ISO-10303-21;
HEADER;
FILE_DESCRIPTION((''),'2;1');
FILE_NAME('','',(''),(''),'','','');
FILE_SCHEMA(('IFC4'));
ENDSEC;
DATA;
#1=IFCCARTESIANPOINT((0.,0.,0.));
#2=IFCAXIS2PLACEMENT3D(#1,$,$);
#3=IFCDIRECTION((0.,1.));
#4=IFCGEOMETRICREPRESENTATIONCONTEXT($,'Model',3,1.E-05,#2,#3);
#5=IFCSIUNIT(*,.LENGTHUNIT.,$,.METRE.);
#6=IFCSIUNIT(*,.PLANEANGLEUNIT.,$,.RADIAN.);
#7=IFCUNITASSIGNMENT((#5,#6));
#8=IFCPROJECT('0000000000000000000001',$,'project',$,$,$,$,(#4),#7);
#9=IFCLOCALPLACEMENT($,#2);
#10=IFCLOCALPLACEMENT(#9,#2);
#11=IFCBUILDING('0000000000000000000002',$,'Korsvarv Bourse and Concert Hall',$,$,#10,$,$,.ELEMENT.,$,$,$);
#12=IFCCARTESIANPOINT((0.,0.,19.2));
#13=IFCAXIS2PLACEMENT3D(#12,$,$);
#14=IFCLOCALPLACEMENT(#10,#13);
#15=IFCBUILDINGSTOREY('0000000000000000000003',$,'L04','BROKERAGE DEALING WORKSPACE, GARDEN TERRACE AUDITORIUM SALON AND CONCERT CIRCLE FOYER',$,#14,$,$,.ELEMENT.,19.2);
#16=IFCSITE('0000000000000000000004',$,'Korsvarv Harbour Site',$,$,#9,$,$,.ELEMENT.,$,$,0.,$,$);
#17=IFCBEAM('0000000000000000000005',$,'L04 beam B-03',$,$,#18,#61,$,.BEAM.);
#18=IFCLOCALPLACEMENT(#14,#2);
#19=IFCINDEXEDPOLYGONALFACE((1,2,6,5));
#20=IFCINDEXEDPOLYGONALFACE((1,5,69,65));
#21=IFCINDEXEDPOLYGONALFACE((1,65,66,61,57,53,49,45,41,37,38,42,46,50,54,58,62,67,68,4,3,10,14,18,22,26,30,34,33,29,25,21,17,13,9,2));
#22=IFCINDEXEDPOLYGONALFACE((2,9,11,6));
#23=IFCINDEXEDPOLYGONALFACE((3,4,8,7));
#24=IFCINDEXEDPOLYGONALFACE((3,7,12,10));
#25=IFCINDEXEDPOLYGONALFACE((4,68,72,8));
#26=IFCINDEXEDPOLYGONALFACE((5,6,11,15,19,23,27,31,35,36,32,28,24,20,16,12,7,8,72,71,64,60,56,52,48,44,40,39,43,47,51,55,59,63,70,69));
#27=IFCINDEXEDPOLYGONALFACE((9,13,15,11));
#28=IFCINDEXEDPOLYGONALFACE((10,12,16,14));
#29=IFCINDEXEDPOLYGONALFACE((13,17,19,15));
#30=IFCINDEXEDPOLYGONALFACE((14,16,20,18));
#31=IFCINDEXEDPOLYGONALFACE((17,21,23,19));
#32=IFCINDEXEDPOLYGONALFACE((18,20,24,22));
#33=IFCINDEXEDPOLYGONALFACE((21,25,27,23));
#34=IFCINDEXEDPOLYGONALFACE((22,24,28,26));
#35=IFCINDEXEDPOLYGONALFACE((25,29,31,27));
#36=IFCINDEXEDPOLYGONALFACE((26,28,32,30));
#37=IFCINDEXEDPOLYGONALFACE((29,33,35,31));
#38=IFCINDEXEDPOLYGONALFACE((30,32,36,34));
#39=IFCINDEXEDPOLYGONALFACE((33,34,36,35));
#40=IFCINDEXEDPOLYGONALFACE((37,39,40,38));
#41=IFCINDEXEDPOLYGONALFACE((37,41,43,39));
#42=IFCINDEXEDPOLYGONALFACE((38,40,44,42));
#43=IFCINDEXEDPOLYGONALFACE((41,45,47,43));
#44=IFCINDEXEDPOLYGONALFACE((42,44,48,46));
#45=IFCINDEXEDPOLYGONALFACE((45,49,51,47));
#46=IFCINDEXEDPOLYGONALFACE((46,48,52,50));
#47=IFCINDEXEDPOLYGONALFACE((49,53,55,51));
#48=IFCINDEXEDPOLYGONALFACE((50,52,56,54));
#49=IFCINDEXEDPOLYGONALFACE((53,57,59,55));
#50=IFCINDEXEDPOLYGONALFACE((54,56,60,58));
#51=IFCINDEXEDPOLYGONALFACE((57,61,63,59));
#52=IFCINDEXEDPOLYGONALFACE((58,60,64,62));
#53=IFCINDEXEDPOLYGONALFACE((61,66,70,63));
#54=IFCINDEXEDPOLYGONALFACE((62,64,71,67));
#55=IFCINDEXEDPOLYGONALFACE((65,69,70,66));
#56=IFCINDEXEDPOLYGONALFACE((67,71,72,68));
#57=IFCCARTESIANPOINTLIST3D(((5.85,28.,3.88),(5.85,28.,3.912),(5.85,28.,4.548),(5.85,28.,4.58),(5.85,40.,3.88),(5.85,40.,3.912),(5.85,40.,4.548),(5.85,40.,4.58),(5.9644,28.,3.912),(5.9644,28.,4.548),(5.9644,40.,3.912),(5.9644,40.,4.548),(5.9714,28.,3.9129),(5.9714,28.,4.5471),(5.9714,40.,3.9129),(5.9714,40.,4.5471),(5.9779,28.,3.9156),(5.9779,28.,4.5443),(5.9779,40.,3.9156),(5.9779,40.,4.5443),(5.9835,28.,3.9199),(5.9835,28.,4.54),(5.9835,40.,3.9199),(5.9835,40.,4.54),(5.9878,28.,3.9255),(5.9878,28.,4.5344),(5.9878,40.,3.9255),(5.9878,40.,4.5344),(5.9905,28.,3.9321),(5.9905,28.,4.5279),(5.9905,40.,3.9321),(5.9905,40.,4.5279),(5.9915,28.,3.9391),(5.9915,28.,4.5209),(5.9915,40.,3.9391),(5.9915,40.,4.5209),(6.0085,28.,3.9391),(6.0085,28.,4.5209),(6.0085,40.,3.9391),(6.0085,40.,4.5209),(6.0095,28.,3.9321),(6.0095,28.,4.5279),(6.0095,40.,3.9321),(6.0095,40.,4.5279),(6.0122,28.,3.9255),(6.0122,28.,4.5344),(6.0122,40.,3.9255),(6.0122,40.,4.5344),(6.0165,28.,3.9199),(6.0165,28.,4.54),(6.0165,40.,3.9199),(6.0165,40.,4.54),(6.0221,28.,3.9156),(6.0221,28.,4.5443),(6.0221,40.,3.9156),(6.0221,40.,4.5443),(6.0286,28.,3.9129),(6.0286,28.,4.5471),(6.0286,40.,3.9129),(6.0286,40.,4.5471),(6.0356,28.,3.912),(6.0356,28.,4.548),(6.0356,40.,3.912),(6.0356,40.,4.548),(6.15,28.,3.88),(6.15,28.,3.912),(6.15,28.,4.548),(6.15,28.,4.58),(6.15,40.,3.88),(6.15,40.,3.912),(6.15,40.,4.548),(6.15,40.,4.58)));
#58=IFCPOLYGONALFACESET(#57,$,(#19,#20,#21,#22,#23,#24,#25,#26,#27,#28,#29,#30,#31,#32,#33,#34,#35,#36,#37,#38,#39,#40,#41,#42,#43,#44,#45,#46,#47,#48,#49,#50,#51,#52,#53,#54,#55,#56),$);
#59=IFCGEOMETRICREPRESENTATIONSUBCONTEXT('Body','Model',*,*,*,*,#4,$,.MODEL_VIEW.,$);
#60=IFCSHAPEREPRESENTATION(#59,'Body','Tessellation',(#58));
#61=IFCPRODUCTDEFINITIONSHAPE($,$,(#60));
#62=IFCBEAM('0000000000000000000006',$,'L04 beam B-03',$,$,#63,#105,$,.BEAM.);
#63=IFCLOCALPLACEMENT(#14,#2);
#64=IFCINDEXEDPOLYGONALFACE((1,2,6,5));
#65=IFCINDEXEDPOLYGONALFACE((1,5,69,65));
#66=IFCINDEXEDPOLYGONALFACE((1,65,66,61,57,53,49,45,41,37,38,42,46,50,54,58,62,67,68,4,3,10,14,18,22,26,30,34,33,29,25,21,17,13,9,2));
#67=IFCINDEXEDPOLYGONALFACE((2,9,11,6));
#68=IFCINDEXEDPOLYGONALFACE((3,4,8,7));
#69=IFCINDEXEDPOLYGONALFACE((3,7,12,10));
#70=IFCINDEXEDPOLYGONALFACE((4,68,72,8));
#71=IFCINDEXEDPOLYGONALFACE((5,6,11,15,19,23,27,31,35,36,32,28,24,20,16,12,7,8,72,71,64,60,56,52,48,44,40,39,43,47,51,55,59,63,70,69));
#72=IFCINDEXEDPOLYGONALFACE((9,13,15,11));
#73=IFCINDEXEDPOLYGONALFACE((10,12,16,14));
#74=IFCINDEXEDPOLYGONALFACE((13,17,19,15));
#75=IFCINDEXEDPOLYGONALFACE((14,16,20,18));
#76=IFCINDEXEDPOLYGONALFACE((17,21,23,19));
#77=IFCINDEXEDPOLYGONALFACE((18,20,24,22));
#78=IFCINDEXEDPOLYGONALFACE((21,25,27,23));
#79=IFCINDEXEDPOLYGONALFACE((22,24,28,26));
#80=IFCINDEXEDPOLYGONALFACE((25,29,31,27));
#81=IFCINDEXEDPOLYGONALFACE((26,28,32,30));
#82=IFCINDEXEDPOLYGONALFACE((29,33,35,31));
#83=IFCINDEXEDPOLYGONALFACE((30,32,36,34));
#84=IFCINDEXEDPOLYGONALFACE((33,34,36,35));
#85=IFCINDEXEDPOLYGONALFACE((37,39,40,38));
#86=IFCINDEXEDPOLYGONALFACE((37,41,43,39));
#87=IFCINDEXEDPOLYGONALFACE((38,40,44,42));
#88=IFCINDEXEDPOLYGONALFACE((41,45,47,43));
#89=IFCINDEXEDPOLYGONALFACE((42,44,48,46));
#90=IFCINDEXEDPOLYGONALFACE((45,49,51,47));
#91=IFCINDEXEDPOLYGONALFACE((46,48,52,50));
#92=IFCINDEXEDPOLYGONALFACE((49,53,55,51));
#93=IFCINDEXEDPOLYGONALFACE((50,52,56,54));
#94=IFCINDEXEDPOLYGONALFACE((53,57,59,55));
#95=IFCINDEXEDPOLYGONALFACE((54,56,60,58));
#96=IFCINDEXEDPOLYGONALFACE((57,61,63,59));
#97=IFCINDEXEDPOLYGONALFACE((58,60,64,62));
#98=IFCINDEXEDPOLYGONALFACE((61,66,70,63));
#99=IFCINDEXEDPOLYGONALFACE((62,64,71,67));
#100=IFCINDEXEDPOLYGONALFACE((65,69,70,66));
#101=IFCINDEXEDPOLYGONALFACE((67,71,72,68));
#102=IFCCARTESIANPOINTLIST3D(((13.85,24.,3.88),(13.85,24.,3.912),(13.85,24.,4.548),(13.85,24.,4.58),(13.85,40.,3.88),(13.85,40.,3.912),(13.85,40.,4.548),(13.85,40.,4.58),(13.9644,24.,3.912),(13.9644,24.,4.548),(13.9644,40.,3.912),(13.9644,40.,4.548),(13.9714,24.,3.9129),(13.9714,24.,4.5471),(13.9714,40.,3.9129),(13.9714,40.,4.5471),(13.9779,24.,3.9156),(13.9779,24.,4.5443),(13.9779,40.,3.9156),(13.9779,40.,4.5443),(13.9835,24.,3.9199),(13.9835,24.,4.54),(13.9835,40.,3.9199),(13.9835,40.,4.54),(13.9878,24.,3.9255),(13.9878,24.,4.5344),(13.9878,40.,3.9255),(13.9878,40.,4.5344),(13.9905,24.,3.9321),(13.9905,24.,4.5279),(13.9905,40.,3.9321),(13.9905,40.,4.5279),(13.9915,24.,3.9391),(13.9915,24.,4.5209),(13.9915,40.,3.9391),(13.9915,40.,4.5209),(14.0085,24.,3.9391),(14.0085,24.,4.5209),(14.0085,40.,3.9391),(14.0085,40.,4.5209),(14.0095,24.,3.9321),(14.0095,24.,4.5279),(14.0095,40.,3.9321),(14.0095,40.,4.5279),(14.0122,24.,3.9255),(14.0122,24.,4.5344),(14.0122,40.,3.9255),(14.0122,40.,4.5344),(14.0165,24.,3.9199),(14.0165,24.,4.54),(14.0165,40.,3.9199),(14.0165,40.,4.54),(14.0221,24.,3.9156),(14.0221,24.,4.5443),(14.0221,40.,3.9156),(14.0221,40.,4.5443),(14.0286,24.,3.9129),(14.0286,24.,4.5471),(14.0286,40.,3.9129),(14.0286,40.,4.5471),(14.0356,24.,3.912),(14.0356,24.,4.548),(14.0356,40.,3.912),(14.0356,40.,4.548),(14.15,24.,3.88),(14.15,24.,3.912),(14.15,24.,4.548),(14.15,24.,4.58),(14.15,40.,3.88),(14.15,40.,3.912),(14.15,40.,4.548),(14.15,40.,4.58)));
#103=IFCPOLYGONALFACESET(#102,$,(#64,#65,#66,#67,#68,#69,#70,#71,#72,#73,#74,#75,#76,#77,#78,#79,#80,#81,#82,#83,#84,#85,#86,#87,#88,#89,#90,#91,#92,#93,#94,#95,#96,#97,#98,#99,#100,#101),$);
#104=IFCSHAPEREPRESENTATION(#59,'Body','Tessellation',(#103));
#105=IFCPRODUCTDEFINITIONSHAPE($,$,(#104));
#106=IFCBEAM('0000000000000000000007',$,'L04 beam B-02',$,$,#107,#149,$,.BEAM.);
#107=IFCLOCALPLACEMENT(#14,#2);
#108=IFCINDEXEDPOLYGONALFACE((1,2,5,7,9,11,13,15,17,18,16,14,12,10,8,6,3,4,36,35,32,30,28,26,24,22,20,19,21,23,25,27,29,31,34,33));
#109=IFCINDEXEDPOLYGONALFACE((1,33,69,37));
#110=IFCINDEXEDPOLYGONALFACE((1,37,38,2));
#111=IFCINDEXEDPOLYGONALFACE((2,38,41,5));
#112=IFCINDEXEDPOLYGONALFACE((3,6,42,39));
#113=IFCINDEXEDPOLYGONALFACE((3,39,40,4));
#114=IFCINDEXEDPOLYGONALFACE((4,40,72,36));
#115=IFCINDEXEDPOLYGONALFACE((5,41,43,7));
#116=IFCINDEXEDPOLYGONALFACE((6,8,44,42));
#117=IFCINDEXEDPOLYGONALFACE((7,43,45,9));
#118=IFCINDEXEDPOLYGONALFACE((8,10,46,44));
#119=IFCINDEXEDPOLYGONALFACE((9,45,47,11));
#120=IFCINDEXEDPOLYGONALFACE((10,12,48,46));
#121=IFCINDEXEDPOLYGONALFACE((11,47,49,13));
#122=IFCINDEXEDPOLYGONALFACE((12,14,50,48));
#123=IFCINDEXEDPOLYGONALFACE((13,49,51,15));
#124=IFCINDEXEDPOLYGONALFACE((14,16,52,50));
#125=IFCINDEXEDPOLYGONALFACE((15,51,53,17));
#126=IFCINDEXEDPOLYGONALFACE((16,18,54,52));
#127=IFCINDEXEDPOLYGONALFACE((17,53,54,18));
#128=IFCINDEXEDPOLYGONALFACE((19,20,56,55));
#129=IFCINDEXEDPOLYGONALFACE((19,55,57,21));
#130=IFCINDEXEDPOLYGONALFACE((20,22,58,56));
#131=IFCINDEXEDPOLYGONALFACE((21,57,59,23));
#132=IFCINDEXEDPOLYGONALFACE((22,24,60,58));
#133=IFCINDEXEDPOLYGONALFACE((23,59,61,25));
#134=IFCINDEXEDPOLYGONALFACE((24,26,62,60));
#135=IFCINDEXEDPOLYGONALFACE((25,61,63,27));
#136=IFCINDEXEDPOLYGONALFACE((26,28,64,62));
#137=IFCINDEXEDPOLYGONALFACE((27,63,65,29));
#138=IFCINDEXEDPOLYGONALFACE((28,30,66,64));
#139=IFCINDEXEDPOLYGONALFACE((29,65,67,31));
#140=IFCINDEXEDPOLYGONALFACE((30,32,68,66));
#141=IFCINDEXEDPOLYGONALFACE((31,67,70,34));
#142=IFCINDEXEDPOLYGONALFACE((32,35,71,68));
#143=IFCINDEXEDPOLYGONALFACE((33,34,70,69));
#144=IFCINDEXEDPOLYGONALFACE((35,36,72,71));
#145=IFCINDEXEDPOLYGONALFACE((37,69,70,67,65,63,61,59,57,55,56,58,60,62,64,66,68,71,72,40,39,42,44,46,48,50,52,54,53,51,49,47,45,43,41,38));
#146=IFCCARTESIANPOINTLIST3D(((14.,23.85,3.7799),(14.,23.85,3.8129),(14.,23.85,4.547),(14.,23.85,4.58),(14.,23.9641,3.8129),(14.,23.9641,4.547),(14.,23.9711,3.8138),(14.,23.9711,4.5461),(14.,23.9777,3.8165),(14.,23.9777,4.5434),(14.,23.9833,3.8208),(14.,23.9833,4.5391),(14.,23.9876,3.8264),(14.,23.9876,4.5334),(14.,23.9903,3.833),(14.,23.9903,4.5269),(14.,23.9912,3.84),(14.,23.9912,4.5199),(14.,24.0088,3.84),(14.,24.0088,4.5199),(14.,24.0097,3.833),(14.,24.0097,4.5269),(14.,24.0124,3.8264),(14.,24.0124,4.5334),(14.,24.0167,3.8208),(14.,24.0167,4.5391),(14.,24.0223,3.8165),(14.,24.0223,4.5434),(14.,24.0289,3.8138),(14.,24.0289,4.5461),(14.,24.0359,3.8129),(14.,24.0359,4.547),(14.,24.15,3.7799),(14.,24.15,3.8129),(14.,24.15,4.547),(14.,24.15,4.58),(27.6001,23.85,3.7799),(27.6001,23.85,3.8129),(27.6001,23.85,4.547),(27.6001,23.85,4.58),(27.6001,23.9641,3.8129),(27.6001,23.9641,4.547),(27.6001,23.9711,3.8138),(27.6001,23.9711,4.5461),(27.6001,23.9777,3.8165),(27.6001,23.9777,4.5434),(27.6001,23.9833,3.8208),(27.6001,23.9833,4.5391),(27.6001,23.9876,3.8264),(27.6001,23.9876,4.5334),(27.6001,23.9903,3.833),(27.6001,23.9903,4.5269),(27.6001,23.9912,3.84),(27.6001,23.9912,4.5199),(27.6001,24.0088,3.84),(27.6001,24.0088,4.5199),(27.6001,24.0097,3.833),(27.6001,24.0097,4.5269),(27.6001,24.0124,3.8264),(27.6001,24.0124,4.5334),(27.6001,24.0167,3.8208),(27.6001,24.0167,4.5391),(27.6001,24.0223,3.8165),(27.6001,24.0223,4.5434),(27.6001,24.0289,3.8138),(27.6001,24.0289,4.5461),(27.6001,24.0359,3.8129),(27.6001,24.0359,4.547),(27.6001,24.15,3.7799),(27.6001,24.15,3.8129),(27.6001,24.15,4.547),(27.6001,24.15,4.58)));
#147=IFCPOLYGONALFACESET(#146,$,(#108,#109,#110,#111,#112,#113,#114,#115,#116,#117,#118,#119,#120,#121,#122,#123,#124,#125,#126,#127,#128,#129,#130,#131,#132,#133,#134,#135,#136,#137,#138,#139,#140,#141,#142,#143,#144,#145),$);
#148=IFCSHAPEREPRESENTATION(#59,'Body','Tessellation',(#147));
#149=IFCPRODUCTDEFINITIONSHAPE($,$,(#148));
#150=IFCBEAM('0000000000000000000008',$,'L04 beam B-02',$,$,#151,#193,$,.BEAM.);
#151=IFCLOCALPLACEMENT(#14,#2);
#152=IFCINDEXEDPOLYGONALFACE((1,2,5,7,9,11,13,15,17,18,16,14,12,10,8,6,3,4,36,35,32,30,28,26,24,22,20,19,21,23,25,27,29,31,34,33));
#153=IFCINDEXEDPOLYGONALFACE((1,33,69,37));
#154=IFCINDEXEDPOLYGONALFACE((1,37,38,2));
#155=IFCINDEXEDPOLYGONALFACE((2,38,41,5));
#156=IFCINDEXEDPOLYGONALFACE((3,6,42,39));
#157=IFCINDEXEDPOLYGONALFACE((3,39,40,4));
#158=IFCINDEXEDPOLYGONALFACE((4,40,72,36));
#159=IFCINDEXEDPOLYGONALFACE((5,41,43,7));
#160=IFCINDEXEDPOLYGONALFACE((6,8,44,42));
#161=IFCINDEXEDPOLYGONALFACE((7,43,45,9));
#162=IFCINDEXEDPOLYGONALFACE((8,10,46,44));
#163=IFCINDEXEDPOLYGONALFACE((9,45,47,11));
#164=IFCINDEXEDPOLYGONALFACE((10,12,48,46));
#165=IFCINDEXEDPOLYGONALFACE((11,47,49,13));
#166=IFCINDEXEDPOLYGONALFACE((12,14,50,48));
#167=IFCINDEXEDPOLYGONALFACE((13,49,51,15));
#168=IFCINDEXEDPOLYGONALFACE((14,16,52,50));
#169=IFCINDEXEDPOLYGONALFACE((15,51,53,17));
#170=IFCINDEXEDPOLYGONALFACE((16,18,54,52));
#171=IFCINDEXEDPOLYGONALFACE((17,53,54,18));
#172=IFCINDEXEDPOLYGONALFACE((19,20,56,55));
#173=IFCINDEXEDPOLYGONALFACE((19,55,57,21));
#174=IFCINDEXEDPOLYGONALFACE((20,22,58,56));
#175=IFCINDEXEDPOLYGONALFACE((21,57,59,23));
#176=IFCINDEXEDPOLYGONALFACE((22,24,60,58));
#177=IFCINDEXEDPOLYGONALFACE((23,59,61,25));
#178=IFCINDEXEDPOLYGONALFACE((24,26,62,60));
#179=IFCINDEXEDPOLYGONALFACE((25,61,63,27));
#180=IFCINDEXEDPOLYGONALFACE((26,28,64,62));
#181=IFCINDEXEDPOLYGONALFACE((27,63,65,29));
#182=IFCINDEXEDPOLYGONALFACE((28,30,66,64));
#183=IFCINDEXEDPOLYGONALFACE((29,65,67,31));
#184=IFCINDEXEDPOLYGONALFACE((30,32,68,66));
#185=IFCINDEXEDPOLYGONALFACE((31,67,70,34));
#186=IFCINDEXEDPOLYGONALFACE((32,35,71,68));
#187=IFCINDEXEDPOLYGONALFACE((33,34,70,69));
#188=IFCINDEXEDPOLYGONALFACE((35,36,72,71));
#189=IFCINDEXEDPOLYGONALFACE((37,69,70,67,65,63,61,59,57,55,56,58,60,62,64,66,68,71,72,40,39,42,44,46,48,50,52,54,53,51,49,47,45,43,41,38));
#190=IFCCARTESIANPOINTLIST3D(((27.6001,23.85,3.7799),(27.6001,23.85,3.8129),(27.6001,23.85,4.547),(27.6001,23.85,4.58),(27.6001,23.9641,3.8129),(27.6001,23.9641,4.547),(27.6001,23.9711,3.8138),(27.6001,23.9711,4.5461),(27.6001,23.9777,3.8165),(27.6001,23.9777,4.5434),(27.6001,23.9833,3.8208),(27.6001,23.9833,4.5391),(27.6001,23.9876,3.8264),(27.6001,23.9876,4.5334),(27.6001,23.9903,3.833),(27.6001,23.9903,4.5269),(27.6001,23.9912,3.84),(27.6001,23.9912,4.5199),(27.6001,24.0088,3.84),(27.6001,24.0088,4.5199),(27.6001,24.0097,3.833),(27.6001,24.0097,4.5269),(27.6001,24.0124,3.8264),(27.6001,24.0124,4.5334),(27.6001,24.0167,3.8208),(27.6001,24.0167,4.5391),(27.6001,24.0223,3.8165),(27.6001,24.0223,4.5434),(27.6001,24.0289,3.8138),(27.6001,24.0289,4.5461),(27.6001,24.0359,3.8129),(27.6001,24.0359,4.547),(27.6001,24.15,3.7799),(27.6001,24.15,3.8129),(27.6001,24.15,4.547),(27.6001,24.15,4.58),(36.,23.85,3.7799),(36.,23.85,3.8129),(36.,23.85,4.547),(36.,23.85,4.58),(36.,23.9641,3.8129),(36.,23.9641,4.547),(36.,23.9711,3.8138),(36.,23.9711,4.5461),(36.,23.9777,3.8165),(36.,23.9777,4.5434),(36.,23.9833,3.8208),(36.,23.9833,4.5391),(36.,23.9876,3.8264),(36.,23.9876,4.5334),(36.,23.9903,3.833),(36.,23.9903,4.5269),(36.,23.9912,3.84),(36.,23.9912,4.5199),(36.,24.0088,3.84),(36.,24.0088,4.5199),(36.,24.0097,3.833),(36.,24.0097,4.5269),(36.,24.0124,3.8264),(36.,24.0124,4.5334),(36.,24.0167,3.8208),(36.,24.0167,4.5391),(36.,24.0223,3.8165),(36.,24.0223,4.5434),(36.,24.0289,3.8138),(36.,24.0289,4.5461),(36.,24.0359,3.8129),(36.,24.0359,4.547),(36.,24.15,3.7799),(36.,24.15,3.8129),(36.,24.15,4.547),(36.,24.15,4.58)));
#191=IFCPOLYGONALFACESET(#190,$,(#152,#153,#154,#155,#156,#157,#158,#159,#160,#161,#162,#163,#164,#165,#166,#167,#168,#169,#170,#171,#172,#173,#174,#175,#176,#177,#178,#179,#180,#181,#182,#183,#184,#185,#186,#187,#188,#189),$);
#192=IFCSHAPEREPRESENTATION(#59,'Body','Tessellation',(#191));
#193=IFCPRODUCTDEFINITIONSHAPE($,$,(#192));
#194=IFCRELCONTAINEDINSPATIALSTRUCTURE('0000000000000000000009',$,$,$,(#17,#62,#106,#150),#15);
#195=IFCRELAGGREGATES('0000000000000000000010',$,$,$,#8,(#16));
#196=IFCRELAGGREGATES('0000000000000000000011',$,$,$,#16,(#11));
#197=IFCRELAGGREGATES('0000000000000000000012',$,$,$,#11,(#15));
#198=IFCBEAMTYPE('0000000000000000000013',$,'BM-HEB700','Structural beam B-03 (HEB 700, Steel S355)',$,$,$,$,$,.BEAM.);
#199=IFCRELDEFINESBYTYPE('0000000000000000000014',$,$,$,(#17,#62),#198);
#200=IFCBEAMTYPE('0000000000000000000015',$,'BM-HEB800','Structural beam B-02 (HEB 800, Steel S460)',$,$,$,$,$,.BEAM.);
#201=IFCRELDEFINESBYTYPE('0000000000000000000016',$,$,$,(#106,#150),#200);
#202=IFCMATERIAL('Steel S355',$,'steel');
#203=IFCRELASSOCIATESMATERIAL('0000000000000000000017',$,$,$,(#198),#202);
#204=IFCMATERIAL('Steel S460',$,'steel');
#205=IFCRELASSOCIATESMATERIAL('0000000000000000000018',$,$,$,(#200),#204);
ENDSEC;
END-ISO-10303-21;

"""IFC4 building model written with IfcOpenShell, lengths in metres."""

from ifc_helpers import new_model, si_unit, direction, frame, origin, origin_2d, place, context, subcontext, project, spatial, i_section, extrude, source, transform, mapped, material, material_profile, profile_set, type_object, element, save


model = new_model("IFC4")

# Units and contexts
model_context = context("Model", 3, precision=1e-05, world=origin(), true_north=direction((0.0, 1.0)))
body_context = subcontext(model_context, "Body", "Model", "MODEL_VIEW")
ifc_project = project(units=[si_unit("LENGTHUNIT", "METRE"), si_unit("PLANEANGLEUNIT", "RADIAN")], contexts=[model_context])

# Site, building, storey
site_placement = place(None, origin())
site = spatial("IfcSite", under=ifc_project, at=site_placement, Name="Korsvarv Harbour Site", CompositionType="ELEMENT", RefElevation=0.0)
building_placement = place(site_placement, origin())
building = spatial("IfcBuilding", under=site, at=building_placement, Name="Korsvarv Bourse and Concert Hall", CompositionType="ELEMENT")
storey_placement = place(building_placement, frame((0.0, 0.0, 19.2)))
storey = spatial("IfcBuildingStorey", under=building, at=storey_placement, Name="L04", Description="BROKERAGE DEALING WORKSPACE, GARDEN TERRACE AUDITORIUM SALON AND CONCERT CIRCLE FOYER", CompositionType="ELEMENT", Elevation=19.2)

# Shared definitions
ifc_material_1 = material(Name="Steel S460", Category="steel")

# Beams
ifc_material_2 = material(Name="Steel S355", Category="steel")
ifc_material_profile_1 = material_profile(ifc_material_2, i_section(OverallWidth=0.3, OverallDepth=0.7, WebThickness=0.0171, FlangeThickness=0.032, FilletRadius=0.0271, at=origin_2d()), Name="HEB 700")
ifc_profile_set_1 = profile_set([ifc_material_profile_1], Name="Steel S355")
beam_type_1 = type_object("IfcBeamType", Name="BM-HEB700", Description="Structural beam B-03 (HEB 700, Steel S355)", PredefinedType="BEAM", material=ifc_profile_set_1)
shared_shape_1 = source(origin(), body_context, "Body", "SweptSolid", [
    extrude(i_section(OverallWidth=0.3, OverallDepth=0.7, WebThickness=0.0171, FlangeThickness=0.032, FilletRadius=0.0271, at=origin_2d()), origin(), (0.0, 0.0, 1.0), 12.0),
])
beam_1_placement = place(storey_placement, frame((6.0, 28.0, 4.23), z_axis=(0.0, 1.0, 0.0), x_axis=(-1.0, 0.0, 0.0)))
element("IfcBeam", 1, at=beam_1_placement, inside=storey, type_object=beam_type_1, Name="L04 beam B-03", PredefinedType="BEAM", context=body_context, shape_type="MappedRepresentation", body=[
    mapped(shared_shape_1, transform((0.0, 0.0, 0.0), scale=1.0)),
])
shared_shape_2 = source(origin(), body_context, "Body", "SweptSolid", [
    extrude(i_section(OverallWidth=0.3, OverallDepth=0.7, WebThickness=0.0171, FlangeThickness=0.032, FilletRadius=0.0271, at=origin_2d()), origin(), (0.0, 0.0, 1.0), 16.0),
])
beam_2_placement = place(storey_placement, frame((14.0, 24.0, 4.23), z_axis=(0.0, 1.0, 0.0), x_axis=(-1.0, 0.0, 0.0)))
element("IfcBeam", 2, at=beam_2_placement, inside=storey, type_object=beam_type_1, Name="L04 beam B-03", PredefinedType="BEAM", context=body_context, shape_type="MappedRepresentation", body=[
    mapped(shared_shape_2, transform((0.0, 0.0, 0.0), scale=1.0)),
])
ifc_material_profile_2 = material_profile(ifc_material_1, i_section(OverallWidth=0.3, OverallDepth=0.8, WebThickness=0.0176, FlangeThickness=0.033, FilletRadius=0.0271, at=origin_2d()), Name="HEB 800")
ifc_profile_set_2 = profile_set([ifc_material_profile_2], Name="Steel S460")
beam_type_2 = type_object("IfcBeamType", Name="BM-HEB800", Description="Structural beam B-02 (HEB 800, Steel S460)", PredefinedType="BEAM", material=ifc_profile_set_2)
shared_shape_3 = source(origin(), body_context, "Body", "SweptSolid", [
    extrude(i_section(OverallWidth=0.3, OverallDepth=0.8, WebThickness=0.0176, FlangeThickness=0.033, FilletRadius=0.0271, at=origin_2d()), origin(), (0.0, 0.0, 1.0), 13.6001),
])
beam_3_placement = place(storey_placement, frame((14.0, 24.0, 4.1799), z_axis=(1.0, 0.0, 0.0), x_axis=(0.0, 1.0, 0.0)))
element("IfcBeam", 3, at=beam_3_placement, inside=storey, type_object=beam_type_2, Name="L04 beam B-02", PredefinedType="BEAM", context=body_context, shape_type="MappedRepresentation", body=[
    mapped(shared_shape_3, transform((0.0, 0.0, 0.0), scale=1.0)),
])
shared_shape_4 = source(origin(), body_context, "Body", "SweptSolid", [
    extrude(i_section(OverallWidth=0.3, OverallDepth=0.8, WebThickness=0.0176, FlangeThickness=0.033, FilletRadius=0.0271, at=origin_2d()), origin(), (0.0, 0.0, 1.0), 8.3999),
])
beam_4_placement = place(storey_placement, frame((27.6001, 24.0, 4.1799), z_axis=(1.0, 0.0, 0.0), x_axis=(0.0, 1.0, 0.0)))
element("IfcBeam", 4, at=beam_4_placement, inside=storey, type_object=beam_type_2, Name="L04 beam B-02", PredefinedType="BEAM", context=body_context, shape_type="MappedRepresentation", body=[
    mapped(shared_shape_4, transform((0.0, 0.0, 0.0), scale=1.0)),
])

save(model, "model.ifc")
